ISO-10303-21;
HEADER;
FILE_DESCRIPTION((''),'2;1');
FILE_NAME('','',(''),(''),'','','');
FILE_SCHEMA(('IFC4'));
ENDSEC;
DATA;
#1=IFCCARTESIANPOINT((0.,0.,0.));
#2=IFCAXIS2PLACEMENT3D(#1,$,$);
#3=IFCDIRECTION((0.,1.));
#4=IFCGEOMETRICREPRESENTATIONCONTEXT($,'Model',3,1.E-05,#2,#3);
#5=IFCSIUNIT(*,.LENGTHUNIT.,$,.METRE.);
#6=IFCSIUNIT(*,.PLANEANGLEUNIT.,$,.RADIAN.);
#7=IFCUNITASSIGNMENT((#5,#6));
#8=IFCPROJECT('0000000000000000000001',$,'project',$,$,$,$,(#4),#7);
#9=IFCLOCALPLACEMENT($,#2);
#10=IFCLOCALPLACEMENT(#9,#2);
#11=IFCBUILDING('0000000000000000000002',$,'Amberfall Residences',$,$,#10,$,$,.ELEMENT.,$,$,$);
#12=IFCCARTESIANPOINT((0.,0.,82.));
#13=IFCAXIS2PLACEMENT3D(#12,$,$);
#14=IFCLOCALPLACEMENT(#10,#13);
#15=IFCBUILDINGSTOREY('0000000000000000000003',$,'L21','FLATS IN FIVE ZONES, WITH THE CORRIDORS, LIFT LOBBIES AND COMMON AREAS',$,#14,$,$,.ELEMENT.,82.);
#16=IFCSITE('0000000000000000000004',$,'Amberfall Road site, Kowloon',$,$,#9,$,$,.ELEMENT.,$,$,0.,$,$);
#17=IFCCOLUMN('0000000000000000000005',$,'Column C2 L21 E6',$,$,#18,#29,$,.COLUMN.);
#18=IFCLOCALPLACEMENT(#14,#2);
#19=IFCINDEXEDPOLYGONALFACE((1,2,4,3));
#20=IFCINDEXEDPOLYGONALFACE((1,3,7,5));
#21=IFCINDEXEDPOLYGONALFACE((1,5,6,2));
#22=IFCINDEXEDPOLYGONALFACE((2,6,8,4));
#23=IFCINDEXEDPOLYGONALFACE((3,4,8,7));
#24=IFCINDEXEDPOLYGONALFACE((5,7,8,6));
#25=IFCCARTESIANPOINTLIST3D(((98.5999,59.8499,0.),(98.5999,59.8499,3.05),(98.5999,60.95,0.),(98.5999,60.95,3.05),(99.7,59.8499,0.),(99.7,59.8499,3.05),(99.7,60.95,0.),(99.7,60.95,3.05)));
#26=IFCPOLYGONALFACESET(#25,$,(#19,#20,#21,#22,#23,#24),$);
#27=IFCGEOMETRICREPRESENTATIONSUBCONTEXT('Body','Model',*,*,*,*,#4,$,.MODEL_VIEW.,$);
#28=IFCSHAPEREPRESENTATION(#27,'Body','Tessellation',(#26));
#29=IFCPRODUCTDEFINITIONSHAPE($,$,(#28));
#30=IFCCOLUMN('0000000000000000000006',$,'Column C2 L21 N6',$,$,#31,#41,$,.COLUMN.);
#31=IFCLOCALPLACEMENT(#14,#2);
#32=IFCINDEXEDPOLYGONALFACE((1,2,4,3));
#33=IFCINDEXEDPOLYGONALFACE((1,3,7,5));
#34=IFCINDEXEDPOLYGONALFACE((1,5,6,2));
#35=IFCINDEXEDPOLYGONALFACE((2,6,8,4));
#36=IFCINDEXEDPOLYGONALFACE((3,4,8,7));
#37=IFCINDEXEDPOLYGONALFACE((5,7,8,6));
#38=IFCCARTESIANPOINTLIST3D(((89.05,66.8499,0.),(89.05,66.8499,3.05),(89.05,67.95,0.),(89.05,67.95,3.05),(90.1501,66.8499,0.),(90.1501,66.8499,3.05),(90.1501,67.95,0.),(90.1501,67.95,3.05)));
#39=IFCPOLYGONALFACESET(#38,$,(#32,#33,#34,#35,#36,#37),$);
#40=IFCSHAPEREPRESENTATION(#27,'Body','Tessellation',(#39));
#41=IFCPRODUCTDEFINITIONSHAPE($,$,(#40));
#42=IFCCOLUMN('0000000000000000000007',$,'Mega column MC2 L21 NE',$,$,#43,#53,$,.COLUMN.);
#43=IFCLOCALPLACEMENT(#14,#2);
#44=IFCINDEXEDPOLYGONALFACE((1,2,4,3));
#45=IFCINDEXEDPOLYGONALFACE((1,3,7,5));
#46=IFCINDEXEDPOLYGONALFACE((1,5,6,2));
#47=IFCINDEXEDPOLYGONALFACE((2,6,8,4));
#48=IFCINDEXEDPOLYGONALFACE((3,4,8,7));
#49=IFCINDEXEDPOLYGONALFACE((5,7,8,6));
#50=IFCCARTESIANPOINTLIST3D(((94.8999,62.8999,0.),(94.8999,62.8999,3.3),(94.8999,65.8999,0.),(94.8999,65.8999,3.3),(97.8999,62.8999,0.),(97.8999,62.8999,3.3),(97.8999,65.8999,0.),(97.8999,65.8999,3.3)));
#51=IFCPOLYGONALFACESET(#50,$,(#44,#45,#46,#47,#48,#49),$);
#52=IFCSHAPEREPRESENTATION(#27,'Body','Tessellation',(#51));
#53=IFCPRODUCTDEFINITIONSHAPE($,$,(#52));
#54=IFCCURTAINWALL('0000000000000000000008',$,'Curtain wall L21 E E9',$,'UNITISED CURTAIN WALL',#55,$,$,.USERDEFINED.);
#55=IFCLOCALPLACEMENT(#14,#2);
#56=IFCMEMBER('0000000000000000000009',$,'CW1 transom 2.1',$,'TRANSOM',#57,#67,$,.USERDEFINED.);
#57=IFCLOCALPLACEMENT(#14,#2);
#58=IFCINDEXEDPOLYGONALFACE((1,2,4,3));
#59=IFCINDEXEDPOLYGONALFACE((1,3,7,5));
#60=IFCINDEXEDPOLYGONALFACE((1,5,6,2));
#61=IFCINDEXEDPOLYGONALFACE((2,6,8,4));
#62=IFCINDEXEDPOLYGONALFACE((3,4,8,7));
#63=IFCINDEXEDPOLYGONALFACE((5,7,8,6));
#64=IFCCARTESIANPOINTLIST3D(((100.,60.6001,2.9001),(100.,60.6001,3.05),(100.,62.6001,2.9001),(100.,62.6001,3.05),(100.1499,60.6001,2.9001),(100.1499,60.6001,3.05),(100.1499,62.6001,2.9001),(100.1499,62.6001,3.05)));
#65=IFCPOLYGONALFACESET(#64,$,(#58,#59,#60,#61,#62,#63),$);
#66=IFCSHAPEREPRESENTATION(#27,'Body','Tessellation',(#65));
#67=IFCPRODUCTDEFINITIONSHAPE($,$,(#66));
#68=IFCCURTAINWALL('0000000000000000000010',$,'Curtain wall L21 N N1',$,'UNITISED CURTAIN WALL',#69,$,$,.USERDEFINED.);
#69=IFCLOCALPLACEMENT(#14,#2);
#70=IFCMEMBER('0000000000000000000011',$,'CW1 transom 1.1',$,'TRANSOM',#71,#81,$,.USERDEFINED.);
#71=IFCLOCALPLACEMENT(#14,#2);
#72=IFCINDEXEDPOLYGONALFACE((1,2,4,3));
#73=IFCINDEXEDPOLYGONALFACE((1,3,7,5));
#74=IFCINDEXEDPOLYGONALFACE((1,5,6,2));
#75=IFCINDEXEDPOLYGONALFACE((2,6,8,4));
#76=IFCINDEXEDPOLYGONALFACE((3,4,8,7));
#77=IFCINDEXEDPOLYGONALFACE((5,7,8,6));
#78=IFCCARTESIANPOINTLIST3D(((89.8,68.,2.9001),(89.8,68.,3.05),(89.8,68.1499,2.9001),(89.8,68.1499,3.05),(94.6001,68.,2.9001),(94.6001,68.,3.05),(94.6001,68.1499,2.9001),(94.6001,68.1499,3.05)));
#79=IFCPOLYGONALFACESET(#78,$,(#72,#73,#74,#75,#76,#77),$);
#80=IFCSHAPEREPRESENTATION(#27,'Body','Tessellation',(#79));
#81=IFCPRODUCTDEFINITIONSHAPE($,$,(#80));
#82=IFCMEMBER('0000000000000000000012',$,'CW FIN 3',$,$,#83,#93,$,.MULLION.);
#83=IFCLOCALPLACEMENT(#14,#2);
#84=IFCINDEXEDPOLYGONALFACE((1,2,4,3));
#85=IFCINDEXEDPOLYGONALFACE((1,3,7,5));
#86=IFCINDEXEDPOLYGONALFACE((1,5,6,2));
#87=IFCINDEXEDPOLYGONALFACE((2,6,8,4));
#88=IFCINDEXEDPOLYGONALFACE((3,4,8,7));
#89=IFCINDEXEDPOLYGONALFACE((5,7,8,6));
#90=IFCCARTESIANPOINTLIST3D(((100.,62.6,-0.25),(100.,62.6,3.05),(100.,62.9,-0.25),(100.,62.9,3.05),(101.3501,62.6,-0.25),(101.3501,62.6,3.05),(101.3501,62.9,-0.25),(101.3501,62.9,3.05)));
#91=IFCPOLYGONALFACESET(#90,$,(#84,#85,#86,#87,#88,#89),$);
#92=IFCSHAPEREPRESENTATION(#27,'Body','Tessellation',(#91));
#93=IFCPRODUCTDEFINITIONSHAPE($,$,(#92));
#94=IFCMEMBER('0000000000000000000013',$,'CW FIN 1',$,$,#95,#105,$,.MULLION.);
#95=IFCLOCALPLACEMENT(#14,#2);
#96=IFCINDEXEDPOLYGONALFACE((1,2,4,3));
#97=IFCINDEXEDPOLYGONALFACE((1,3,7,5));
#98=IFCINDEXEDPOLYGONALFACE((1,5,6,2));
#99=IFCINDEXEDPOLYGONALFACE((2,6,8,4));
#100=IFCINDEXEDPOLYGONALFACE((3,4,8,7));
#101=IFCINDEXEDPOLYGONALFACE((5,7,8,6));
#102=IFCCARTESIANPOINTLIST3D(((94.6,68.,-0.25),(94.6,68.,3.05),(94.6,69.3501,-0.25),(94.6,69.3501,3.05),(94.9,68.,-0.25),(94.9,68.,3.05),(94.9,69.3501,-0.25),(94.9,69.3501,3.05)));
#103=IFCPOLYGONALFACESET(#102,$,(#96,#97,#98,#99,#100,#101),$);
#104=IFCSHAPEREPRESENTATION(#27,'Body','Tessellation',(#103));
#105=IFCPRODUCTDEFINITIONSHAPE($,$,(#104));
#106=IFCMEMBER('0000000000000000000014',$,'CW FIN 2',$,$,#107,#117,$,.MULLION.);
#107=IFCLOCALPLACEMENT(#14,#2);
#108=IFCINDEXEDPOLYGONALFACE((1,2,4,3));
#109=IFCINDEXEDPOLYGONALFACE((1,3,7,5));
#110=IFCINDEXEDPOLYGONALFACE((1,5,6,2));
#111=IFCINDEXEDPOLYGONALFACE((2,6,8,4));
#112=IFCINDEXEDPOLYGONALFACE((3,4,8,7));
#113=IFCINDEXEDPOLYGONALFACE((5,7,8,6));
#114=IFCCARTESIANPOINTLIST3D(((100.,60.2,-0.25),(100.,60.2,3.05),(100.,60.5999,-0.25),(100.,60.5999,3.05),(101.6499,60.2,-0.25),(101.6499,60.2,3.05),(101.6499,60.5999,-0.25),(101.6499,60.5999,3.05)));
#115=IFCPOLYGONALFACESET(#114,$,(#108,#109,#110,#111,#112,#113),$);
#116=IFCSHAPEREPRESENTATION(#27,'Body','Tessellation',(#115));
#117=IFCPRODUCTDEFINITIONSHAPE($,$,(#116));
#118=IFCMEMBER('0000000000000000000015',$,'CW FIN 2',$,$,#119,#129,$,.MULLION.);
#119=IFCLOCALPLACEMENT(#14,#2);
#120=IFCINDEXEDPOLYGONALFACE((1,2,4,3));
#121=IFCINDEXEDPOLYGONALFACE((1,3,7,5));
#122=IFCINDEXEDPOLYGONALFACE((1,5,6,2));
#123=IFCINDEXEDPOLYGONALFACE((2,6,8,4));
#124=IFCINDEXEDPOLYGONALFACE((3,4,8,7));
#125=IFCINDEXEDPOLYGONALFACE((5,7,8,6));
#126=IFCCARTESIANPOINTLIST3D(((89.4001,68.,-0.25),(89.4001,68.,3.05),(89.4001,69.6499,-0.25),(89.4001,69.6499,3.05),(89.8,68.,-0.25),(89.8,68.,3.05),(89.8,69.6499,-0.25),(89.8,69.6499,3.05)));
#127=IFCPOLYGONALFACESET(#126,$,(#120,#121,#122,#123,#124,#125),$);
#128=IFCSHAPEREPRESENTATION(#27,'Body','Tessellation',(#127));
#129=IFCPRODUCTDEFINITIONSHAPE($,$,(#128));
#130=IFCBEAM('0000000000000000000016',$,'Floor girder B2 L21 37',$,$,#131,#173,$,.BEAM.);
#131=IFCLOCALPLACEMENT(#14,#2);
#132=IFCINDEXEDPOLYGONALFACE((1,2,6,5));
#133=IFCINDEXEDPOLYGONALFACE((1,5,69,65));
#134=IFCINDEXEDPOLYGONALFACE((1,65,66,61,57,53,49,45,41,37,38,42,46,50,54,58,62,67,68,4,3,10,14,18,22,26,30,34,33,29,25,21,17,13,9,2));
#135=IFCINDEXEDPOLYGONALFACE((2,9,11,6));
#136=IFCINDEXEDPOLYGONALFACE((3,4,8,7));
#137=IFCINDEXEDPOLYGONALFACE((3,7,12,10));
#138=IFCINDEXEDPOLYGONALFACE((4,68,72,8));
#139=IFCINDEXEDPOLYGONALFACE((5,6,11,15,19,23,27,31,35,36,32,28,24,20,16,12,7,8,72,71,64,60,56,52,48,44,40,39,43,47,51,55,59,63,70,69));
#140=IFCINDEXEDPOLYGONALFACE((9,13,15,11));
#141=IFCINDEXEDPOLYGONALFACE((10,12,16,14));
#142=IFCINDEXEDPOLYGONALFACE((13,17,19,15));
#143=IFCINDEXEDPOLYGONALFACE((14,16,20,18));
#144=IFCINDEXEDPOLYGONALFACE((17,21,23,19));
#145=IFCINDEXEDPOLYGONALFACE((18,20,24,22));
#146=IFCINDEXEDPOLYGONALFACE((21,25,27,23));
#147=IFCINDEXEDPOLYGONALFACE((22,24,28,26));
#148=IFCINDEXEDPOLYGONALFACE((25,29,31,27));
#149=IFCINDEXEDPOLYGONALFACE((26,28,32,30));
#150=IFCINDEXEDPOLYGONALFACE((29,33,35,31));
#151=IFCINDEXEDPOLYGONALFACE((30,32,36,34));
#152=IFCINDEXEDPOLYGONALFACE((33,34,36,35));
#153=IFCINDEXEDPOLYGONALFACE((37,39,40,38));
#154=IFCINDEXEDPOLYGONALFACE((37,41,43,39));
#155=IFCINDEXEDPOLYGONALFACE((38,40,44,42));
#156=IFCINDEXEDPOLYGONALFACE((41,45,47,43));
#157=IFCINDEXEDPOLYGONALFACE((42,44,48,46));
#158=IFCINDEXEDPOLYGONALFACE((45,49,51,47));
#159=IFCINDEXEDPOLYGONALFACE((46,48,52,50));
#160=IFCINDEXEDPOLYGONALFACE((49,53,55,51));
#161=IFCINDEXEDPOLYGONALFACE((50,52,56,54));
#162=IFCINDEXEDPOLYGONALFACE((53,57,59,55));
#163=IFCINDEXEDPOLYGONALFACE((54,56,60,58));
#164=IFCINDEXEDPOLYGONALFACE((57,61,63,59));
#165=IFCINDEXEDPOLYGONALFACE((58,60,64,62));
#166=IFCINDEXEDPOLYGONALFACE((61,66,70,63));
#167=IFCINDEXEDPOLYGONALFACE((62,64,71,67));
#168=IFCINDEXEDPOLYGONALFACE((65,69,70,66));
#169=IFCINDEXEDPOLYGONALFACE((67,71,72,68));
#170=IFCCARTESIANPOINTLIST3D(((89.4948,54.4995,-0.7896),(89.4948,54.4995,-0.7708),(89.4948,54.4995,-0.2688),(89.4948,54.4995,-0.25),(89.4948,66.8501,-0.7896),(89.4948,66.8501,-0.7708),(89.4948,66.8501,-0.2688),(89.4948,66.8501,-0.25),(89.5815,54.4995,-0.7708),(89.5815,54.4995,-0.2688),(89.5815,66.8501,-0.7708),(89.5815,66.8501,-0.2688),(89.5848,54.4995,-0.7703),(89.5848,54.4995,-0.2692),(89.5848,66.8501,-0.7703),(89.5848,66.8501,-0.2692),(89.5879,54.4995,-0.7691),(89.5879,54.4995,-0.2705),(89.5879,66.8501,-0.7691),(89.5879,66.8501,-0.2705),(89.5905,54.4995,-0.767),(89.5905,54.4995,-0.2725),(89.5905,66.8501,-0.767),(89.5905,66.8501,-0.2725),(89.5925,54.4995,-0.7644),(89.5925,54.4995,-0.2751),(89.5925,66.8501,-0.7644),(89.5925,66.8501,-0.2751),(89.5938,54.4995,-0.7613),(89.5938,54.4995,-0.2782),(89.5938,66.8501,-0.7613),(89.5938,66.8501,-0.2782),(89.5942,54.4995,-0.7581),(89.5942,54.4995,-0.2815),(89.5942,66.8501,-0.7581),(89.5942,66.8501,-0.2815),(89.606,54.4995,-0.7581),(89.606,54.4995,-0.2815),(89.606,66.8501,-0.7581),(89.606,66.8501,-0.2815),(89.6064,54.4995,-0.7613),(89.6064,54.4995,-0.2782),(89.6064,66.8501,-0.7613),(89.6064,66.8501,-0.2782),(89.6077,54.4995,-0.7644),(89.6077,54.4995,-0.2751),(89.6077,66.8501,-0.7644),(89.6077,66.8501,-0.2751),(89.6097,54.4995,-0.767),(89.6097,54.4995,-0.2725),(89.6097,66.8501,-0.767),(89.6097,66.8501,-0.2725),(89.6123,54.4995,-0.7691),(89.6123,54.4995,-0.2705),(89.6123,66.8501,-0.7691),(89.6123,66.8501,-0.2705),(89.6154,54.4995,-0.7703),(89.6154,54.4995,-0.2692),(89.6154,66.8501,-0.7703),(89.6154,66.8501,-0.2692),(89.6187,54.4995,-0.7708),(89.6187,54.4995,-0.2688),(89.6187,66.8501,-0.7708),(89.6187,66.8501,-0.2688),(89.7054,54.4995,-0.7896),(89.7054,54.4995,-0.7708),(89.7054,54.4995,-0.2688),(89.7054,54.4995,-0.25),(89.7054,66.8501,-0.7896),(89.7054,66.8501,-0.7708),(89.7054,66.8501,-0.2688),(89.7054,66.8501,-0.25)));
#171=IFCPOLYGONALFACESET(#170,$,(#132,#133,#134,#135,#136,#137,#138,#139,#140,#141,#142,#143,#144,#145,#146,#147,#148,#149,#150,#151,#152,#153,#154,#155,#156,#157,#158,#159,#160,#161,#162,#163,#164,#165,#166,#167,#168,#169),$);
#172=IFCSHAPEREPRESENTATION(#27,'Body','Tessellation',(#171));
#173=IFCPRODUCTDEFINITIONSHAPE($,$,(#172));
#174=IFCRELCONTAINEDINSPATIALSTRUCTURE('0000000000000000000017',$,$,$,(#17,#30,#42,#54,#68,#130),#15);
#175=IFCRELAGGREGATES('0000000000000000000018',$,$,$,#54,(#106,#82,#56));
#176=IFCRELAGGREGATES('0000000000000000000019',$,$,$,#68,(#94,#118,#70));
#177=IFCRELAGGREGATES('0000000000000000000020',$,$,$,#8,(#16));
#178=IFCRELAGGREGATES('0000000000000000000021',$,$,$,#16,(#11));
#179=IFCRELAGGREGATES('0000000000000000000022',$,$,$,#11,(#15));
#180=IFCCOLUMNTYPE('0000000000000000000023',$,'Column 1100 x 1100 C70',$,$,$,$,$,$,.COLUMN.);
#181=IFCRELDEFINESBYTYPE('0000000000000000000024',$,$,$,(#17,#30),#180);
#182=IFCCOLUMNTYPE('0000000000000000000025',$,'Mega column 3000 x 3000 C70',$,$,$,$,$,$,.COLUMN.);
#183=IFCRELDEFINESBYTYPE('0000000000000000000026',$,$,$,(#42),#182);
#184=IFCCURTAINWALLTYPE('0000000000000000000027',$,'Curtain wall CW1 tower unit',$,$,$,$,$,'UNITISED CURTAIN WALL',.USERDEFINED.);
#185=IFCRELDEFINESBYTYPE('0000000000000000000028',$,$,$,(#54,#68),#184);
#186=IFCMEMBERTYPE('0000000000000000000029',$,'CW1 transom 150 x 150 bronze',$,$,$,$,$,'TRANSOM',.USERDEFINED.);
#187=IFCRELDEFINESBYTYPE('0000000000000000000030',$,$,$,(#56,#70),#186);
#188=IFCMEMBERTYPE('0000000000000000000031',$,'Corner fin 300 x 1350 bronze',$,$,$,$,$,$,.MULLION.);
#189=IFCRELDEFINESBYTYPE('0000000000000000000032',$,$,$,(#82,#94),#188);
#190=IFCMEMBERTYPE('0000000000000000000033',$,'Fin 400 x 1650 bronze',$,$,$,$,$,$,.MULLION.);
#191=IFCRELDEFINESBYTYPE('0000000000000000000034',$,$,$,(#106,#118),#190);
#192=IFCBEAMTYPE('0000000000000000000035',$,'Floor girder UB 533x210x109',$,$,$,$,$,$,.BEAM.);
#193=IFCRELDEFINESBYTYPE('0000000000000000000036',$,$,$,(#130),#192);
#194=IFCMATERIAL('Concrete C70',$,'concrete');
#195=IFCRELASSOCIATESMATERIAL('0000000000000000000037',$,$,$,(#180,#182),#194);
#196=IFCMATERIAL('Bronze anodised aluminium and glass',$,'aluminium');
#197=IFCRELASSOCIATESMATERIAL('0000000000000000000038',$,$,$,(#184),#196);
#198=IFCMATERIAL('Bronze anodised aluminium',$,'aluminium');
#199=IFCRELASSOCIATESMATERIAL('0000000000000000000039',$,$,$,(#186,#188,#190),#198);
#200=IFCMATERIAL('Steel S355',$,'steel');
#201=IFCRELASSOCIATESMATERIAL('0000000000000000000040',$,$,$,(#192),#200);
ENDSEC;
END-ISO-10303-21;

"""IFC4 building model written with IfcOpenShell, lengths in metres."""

from ifc_helpers import new_model, si_unit, direction, frame, origin, origin_2d, place, context, subcontext, project, spatial, rectangle, i_section, extrude, material, material_profile, profile_set, type_object, element, aggregate, save


model = new_model("IFC4")

# Units and contexts
model_context = context("Model", 3, precision=1e-05, world=origin(), true_north=direction((0.0, 1.0)))
body_context = subcontext(model_context, "Body", "Model", "MODEL_VIEW")
ifc_project = project(units=[si_unit("LENGTHUNIT", "METRE"), si_unit("PLANEANGLEUNIT", "RADIAN")], contexts=[model_context])

# Site, building, storey
site_placement = place(None, origin())
site = spatial("IfcSite", under=ifc_project, at=site_placement, Name="Amberfall Road site, Kowloon", CompositionType="ELEMENT", RefElevation=0.0)
building_placement = place(site_placement, origin())
building = spatial("IfcBuilding", under=site, at=building_placement, Name="Amberfall Residences", CompositionType="ELEMENT")
storey_placement = place(building_placement, frame((0.0, 0.0, 82.0)))
storey = spatial("IfcBuildingStorey", under=building, at=storey_placement, Name="L21", Description="FLATS IN FIVE ZONES, WITH THE CORRIDORS, LIFT LOBBIES AND COMMON AREAS", CompositionType="ELEMENT", Elevation=82.0)

# Columns
ifc_material_1 = material(Name="Concrete C70", Category="concrete")
ifc_material_profile_1 = material_profile(ifc_material_1, rectangle(XDim=1.1001, YDim=1.1001, at=origin_2d()), Name="Column 1100 x 1100 C70")
ifc_profile_set_1 = profile_set([ifc_material_profile_1], Name="Concrete C70")
column_type_1 = type_object("IfcColumnType", Name="Column 1100 x 1100 C70", PredefinedType="COLUMN", material=ifc_profile_set_1)
for number, where, z_axis, x_axis, name in (
    (1, (99.1499, 60.3999, 0.0), (0.0, 0.0, 1.0), (1.0, 0.0, 0.0), "Column C2 L21 E6"),
    (2, (89.6001, 67.3999, 0.0), (0.0, 0.0, 1.0), (1.0, 0.0, 0.0), "Column C2 L21 N6"),
):
    element("IfcColumn", number, at=place(storey_placement, frame(where, z_axis=z_axis, x_axis=x_axis)), inside=storey, type_object=column_type_1, Name=name, PredefinedType="COLUMN", context=body_context, shape_type="SweptSolid", body=[
        extrude(rectangle(XDim=1.1001, YDim=1.1001, at=origin_2d()), origin(), (0.0, 0.0, 1.0), 3.05),
    ])
ifc_material_profile_2 = material_profile(ifc_material_1, rectangle(XDim=3.0, YDim=3.0, at=origin_2d()), Name="Mega column 3000 x 3000 C70")
ifc_profile_set_2 = profile_set([ifc_material_profile_2], Name="Concrete C70")
column_type_2 = type_object("IfcColumnType", Name="Mega column 3000 x 3000 C70", PredefinedType="COLUMN", material=ifc_profile_set_2)
column_placement = place(storey_placement, frame((96.3999, 64.3999, 0.0), z_axis=(0.0, 0.0, 1.0), x_axis=(1.0, 0.0, 0.0)))
element("IfcColumn", 3, at=column_placement, inside=storey, type_object=column_type_2, Name="Mega column MC2 L21 NE", PredefinedType="COLUMN", context=body_context, shape_type="SweptSolid", body=[
    extrude(rectangle(XDim=3.0, YDim=3.0, at=origin_2d()), origin(), (0.0, 0.0, 1.0), 3.3),
])

# Curtain walls, members
ifc_material_2 = material(Name="Bronze anodised aluminium and glass", Category="aluminium")
curtain_wall_type = type_object("IfcCurtainWallType", Name="Curtain wall CW1 tower unit", ElementType="UNITISED CURTAIN WALL", PredefinedType="USERDEFINED", material=ifc_material_2)
curtain_wall_1_placement = place(storey_placement, origin())
curtain_wall_1 = element("IfcCurtainWall", 4, at=curtain_wall_1_placement, inside=storey, type_object=curtain_wall_type, Name="Curtain wall L21 E E9", ObjectType="UNITISED CURTAIN WALL", PredefinedType="USERDEFINED")
ifc_material_3 = material(Name="Bronze anodised aluminium", Category="aluminium")
ifc_material_profile_3 = material_profile(ifc_material_3, rectangle(XDim=0.1499, YDim=0.1499, at=origin_2d()), Name="CW1 transom 150 x 150 bronze")
ifc_profile_set_3 = profile_set([ifc_material_profile_3], Name="Bronze anodised aluminium")
member_type_1 = type_object("IfcMemberType", Name="CW1 transom 150 x 150 bronze", ElementType="TRANSOM", PredefinedType="USERDEFINED", material=ifc_profile_set_3)
member_1_placement = place(storey_placement, frame((100.075, 60.6001, 2.9751), z_axis=(0.0, 1.0, 0.0), x_axis=(-1.0, 0.0, 0.0)))
member_1 = element("IfcMember", 5, at=member_1_placement, type_object=member_type_1, Name="CW1 transom 2.1", ObjectType="TRANSOM", PredefinedType="USERDEFINED", context=body_context, shape_type="SweptSolid", body=[
    extrude(rectangle(XDim=0.1499, YDim=0.1499, at=origin_2d()), origin(), (0.0, 0.0, 1.0), 2.0),
])
curtain_wall_2_placement = place(storey_placement, origin())
curtain_wall_2 = element("IfcCurtainWall", 6, at=curtain_wall_2_placement, inside=storey, type_object=curtain_wall_type, Name="Curtain wall L21 N N1", ObjectType="UNITISED CURTAIN WALL", PredefinedType="USERDEFINED")
member_2_placement = place(storey_placement, frame((94.6001, 68.075, 2.9751), z_axis=(-1.0, 0.0, 0.0), x_axis=(0.0, -1.0, 0.0)))
member_2 = element("IfcMember", 7, at=member_2_placement, type_object=member_type_1, Name="CW1 transom 1.1", ObjectType="TRANSOM", PredefinedType="USERDEFINED", context=body_context, shape_type="SweptSolid", body=[
    extrude(rectangle(XDim=0.1499, YDim=0.1499, at=origin_2d()), origin(), (0.0, 0.0, 1.0), 4.8),
])

# Members
ifc_material_profile_4 = material_profile(ifc_material_3, rectangle(XDim=1.3501, YDim=0.3, at=origin_2d()), Name="Corner fin 300 x 1350 bronze")
ifc_profile_set_4 = profile_set([ifc_material_profile_4], Name="Bronze anodised aluminium")
member_type_2 = type_object("IfcMemberType", Name="Corner fin 300 x 1350 bronze", PredefinedType="MULLION", material=ifc_profile_set_4)
member_3_placement = place(storey_placement, frame((100.675, 62.75, -0.25), z_axis=(0.0, 0.0, 1.0), x_axis=(-1.0, 0.0, 0.0)))
member_3 = element("IfcMember", 8, at=member_3_placement, type_object=member_type_2, Name="CW FIN 3", PredefinedType="MULLION", context=body_context, shape_type="SweptSolid", body=[
    extrude(rectangle(XDim=1.3501, YDim=0.3, at=origin_2d()), origin(), (0.0, 0.0, 1.0), 3.3),
])
member_4_placement = place(storey_placement, frame((94.75, 68.675, -0.25), z_axis=(0.0, 0.0, 1.0), x_axis=(0.0, -1.0, 0.0)))
member_4 = element("IfcMember", 9, at=member_4_placement, type_object=member_type_2, Name="CW FIN 1", PredefinedType="MULLION", context=body_context, shape_type="SweptSolid", body=[
    extrude(rectangle(XDim=1.3501, YDim=0.3, at=origin_2d()), origin(), (0.0, 0.0, 1.0), 3.3),
])
ifc_material_profile_5 = material_profile(ifc_material_3, rectangle(XDim=1.6499, YDim=0.3999, at=origin_2d()), Name="Fin 400 x 1650 bronze")
ifc_profile_set_5 = profile_set([ifc_material_profile_5], Name="Bronze anodised aluminium")
member_type_3 = type_object("IfcMemberType", Name="Fin 400 x 1650 bronze", PredefinedType="MULLION", material=ifc_profile_set_5)
member_5_placement = place(storey_placement, frame((100.825, 60.3999, -0.25), z_axis=(0.0, 0.0, 1.0), x_axis=(-1.0, 0.0, 0.0)))
member_5 = element("IfcMember", 10, at=member_5_placement, type_object=member_type_3, Name="CW FIN 2", PredefinedType="MULLION", context=body_context, shape_type="SweptSolid", body=[
    extrude(rectangle(XDim=1.6499, YDim=0.3999, at=origin_2d()), origin(), (0.0, 0.0, 1.0), 3.3),
])
member_6_placement = place(storey_placement, frame((89.6001, 68.825, -0.25), z_axis=(0.0, 0.0, 1.0), x_axis=(0.0, -1.0, 0.0)))
member_6 = element("IfcMember", 11, at=member_6_placement, type_object=member_type_3, Name="CW FIN 2", PredefinedType="MULLION", context=body_context, shape_type="SweptSolid", body=[
    extrude(rectangle(XDim=1.6499, YDim=0.3999, at=origin_2d()), origin(), (0.0, 0.0, 1.0), 3.3),
])

# Beam
ifc_material_4 = material(Name="Steel S355", Category="steel")
ifc_material_profile_6 = material_profile(ifc_material_4, i_section(OverallWidth=0.2107, OverallDepth=0.5396, WebThickness=0.0117, FlangeThickness=0.0188, FilletRadius=0.0127, at=origin_2d()), Name="UB 533x210x109")
ifc_profile_set_6 = profile_set([ifc_material_profile_6], Name="Steel S355")
beam_type_1 = type_object("IfcBeamType", Name="Floor girder UB 533x210x109", PredefinedType="BEAM", material=ifc_profile_set_6)
beam_1_placement = place(storey_placement, frame((89.6001, 66.8501, -0.5198), z_axis=(0.0, -1.0, 0.0), x_axis=(1.0, 0.0, 0.0)))
element("IfcBeam", 12, at=beam_1_placement, inside=storey, type_object=beam_type_1, Name="Floor girder B2 L21 37", PredefinedType="BEAM", context=body_context, shape_type="SweptSolid", body=[
    extrude(i_section(OverallWidth=0.2107, OverallDepth=0.5396, WebThickness=0.0117, FlangeThickness=0.0188, FilletRadius=0.0127, at=origin_2d()), origin(), (0.0, 0.0, 1.0), 12.3506),
])

aggregate(curtain_wall_1, [member_5, member_3, member_1])
aggregate(curtain_wall_2, [member_4, member_6, member_2])

save(model, "model.ifc")
